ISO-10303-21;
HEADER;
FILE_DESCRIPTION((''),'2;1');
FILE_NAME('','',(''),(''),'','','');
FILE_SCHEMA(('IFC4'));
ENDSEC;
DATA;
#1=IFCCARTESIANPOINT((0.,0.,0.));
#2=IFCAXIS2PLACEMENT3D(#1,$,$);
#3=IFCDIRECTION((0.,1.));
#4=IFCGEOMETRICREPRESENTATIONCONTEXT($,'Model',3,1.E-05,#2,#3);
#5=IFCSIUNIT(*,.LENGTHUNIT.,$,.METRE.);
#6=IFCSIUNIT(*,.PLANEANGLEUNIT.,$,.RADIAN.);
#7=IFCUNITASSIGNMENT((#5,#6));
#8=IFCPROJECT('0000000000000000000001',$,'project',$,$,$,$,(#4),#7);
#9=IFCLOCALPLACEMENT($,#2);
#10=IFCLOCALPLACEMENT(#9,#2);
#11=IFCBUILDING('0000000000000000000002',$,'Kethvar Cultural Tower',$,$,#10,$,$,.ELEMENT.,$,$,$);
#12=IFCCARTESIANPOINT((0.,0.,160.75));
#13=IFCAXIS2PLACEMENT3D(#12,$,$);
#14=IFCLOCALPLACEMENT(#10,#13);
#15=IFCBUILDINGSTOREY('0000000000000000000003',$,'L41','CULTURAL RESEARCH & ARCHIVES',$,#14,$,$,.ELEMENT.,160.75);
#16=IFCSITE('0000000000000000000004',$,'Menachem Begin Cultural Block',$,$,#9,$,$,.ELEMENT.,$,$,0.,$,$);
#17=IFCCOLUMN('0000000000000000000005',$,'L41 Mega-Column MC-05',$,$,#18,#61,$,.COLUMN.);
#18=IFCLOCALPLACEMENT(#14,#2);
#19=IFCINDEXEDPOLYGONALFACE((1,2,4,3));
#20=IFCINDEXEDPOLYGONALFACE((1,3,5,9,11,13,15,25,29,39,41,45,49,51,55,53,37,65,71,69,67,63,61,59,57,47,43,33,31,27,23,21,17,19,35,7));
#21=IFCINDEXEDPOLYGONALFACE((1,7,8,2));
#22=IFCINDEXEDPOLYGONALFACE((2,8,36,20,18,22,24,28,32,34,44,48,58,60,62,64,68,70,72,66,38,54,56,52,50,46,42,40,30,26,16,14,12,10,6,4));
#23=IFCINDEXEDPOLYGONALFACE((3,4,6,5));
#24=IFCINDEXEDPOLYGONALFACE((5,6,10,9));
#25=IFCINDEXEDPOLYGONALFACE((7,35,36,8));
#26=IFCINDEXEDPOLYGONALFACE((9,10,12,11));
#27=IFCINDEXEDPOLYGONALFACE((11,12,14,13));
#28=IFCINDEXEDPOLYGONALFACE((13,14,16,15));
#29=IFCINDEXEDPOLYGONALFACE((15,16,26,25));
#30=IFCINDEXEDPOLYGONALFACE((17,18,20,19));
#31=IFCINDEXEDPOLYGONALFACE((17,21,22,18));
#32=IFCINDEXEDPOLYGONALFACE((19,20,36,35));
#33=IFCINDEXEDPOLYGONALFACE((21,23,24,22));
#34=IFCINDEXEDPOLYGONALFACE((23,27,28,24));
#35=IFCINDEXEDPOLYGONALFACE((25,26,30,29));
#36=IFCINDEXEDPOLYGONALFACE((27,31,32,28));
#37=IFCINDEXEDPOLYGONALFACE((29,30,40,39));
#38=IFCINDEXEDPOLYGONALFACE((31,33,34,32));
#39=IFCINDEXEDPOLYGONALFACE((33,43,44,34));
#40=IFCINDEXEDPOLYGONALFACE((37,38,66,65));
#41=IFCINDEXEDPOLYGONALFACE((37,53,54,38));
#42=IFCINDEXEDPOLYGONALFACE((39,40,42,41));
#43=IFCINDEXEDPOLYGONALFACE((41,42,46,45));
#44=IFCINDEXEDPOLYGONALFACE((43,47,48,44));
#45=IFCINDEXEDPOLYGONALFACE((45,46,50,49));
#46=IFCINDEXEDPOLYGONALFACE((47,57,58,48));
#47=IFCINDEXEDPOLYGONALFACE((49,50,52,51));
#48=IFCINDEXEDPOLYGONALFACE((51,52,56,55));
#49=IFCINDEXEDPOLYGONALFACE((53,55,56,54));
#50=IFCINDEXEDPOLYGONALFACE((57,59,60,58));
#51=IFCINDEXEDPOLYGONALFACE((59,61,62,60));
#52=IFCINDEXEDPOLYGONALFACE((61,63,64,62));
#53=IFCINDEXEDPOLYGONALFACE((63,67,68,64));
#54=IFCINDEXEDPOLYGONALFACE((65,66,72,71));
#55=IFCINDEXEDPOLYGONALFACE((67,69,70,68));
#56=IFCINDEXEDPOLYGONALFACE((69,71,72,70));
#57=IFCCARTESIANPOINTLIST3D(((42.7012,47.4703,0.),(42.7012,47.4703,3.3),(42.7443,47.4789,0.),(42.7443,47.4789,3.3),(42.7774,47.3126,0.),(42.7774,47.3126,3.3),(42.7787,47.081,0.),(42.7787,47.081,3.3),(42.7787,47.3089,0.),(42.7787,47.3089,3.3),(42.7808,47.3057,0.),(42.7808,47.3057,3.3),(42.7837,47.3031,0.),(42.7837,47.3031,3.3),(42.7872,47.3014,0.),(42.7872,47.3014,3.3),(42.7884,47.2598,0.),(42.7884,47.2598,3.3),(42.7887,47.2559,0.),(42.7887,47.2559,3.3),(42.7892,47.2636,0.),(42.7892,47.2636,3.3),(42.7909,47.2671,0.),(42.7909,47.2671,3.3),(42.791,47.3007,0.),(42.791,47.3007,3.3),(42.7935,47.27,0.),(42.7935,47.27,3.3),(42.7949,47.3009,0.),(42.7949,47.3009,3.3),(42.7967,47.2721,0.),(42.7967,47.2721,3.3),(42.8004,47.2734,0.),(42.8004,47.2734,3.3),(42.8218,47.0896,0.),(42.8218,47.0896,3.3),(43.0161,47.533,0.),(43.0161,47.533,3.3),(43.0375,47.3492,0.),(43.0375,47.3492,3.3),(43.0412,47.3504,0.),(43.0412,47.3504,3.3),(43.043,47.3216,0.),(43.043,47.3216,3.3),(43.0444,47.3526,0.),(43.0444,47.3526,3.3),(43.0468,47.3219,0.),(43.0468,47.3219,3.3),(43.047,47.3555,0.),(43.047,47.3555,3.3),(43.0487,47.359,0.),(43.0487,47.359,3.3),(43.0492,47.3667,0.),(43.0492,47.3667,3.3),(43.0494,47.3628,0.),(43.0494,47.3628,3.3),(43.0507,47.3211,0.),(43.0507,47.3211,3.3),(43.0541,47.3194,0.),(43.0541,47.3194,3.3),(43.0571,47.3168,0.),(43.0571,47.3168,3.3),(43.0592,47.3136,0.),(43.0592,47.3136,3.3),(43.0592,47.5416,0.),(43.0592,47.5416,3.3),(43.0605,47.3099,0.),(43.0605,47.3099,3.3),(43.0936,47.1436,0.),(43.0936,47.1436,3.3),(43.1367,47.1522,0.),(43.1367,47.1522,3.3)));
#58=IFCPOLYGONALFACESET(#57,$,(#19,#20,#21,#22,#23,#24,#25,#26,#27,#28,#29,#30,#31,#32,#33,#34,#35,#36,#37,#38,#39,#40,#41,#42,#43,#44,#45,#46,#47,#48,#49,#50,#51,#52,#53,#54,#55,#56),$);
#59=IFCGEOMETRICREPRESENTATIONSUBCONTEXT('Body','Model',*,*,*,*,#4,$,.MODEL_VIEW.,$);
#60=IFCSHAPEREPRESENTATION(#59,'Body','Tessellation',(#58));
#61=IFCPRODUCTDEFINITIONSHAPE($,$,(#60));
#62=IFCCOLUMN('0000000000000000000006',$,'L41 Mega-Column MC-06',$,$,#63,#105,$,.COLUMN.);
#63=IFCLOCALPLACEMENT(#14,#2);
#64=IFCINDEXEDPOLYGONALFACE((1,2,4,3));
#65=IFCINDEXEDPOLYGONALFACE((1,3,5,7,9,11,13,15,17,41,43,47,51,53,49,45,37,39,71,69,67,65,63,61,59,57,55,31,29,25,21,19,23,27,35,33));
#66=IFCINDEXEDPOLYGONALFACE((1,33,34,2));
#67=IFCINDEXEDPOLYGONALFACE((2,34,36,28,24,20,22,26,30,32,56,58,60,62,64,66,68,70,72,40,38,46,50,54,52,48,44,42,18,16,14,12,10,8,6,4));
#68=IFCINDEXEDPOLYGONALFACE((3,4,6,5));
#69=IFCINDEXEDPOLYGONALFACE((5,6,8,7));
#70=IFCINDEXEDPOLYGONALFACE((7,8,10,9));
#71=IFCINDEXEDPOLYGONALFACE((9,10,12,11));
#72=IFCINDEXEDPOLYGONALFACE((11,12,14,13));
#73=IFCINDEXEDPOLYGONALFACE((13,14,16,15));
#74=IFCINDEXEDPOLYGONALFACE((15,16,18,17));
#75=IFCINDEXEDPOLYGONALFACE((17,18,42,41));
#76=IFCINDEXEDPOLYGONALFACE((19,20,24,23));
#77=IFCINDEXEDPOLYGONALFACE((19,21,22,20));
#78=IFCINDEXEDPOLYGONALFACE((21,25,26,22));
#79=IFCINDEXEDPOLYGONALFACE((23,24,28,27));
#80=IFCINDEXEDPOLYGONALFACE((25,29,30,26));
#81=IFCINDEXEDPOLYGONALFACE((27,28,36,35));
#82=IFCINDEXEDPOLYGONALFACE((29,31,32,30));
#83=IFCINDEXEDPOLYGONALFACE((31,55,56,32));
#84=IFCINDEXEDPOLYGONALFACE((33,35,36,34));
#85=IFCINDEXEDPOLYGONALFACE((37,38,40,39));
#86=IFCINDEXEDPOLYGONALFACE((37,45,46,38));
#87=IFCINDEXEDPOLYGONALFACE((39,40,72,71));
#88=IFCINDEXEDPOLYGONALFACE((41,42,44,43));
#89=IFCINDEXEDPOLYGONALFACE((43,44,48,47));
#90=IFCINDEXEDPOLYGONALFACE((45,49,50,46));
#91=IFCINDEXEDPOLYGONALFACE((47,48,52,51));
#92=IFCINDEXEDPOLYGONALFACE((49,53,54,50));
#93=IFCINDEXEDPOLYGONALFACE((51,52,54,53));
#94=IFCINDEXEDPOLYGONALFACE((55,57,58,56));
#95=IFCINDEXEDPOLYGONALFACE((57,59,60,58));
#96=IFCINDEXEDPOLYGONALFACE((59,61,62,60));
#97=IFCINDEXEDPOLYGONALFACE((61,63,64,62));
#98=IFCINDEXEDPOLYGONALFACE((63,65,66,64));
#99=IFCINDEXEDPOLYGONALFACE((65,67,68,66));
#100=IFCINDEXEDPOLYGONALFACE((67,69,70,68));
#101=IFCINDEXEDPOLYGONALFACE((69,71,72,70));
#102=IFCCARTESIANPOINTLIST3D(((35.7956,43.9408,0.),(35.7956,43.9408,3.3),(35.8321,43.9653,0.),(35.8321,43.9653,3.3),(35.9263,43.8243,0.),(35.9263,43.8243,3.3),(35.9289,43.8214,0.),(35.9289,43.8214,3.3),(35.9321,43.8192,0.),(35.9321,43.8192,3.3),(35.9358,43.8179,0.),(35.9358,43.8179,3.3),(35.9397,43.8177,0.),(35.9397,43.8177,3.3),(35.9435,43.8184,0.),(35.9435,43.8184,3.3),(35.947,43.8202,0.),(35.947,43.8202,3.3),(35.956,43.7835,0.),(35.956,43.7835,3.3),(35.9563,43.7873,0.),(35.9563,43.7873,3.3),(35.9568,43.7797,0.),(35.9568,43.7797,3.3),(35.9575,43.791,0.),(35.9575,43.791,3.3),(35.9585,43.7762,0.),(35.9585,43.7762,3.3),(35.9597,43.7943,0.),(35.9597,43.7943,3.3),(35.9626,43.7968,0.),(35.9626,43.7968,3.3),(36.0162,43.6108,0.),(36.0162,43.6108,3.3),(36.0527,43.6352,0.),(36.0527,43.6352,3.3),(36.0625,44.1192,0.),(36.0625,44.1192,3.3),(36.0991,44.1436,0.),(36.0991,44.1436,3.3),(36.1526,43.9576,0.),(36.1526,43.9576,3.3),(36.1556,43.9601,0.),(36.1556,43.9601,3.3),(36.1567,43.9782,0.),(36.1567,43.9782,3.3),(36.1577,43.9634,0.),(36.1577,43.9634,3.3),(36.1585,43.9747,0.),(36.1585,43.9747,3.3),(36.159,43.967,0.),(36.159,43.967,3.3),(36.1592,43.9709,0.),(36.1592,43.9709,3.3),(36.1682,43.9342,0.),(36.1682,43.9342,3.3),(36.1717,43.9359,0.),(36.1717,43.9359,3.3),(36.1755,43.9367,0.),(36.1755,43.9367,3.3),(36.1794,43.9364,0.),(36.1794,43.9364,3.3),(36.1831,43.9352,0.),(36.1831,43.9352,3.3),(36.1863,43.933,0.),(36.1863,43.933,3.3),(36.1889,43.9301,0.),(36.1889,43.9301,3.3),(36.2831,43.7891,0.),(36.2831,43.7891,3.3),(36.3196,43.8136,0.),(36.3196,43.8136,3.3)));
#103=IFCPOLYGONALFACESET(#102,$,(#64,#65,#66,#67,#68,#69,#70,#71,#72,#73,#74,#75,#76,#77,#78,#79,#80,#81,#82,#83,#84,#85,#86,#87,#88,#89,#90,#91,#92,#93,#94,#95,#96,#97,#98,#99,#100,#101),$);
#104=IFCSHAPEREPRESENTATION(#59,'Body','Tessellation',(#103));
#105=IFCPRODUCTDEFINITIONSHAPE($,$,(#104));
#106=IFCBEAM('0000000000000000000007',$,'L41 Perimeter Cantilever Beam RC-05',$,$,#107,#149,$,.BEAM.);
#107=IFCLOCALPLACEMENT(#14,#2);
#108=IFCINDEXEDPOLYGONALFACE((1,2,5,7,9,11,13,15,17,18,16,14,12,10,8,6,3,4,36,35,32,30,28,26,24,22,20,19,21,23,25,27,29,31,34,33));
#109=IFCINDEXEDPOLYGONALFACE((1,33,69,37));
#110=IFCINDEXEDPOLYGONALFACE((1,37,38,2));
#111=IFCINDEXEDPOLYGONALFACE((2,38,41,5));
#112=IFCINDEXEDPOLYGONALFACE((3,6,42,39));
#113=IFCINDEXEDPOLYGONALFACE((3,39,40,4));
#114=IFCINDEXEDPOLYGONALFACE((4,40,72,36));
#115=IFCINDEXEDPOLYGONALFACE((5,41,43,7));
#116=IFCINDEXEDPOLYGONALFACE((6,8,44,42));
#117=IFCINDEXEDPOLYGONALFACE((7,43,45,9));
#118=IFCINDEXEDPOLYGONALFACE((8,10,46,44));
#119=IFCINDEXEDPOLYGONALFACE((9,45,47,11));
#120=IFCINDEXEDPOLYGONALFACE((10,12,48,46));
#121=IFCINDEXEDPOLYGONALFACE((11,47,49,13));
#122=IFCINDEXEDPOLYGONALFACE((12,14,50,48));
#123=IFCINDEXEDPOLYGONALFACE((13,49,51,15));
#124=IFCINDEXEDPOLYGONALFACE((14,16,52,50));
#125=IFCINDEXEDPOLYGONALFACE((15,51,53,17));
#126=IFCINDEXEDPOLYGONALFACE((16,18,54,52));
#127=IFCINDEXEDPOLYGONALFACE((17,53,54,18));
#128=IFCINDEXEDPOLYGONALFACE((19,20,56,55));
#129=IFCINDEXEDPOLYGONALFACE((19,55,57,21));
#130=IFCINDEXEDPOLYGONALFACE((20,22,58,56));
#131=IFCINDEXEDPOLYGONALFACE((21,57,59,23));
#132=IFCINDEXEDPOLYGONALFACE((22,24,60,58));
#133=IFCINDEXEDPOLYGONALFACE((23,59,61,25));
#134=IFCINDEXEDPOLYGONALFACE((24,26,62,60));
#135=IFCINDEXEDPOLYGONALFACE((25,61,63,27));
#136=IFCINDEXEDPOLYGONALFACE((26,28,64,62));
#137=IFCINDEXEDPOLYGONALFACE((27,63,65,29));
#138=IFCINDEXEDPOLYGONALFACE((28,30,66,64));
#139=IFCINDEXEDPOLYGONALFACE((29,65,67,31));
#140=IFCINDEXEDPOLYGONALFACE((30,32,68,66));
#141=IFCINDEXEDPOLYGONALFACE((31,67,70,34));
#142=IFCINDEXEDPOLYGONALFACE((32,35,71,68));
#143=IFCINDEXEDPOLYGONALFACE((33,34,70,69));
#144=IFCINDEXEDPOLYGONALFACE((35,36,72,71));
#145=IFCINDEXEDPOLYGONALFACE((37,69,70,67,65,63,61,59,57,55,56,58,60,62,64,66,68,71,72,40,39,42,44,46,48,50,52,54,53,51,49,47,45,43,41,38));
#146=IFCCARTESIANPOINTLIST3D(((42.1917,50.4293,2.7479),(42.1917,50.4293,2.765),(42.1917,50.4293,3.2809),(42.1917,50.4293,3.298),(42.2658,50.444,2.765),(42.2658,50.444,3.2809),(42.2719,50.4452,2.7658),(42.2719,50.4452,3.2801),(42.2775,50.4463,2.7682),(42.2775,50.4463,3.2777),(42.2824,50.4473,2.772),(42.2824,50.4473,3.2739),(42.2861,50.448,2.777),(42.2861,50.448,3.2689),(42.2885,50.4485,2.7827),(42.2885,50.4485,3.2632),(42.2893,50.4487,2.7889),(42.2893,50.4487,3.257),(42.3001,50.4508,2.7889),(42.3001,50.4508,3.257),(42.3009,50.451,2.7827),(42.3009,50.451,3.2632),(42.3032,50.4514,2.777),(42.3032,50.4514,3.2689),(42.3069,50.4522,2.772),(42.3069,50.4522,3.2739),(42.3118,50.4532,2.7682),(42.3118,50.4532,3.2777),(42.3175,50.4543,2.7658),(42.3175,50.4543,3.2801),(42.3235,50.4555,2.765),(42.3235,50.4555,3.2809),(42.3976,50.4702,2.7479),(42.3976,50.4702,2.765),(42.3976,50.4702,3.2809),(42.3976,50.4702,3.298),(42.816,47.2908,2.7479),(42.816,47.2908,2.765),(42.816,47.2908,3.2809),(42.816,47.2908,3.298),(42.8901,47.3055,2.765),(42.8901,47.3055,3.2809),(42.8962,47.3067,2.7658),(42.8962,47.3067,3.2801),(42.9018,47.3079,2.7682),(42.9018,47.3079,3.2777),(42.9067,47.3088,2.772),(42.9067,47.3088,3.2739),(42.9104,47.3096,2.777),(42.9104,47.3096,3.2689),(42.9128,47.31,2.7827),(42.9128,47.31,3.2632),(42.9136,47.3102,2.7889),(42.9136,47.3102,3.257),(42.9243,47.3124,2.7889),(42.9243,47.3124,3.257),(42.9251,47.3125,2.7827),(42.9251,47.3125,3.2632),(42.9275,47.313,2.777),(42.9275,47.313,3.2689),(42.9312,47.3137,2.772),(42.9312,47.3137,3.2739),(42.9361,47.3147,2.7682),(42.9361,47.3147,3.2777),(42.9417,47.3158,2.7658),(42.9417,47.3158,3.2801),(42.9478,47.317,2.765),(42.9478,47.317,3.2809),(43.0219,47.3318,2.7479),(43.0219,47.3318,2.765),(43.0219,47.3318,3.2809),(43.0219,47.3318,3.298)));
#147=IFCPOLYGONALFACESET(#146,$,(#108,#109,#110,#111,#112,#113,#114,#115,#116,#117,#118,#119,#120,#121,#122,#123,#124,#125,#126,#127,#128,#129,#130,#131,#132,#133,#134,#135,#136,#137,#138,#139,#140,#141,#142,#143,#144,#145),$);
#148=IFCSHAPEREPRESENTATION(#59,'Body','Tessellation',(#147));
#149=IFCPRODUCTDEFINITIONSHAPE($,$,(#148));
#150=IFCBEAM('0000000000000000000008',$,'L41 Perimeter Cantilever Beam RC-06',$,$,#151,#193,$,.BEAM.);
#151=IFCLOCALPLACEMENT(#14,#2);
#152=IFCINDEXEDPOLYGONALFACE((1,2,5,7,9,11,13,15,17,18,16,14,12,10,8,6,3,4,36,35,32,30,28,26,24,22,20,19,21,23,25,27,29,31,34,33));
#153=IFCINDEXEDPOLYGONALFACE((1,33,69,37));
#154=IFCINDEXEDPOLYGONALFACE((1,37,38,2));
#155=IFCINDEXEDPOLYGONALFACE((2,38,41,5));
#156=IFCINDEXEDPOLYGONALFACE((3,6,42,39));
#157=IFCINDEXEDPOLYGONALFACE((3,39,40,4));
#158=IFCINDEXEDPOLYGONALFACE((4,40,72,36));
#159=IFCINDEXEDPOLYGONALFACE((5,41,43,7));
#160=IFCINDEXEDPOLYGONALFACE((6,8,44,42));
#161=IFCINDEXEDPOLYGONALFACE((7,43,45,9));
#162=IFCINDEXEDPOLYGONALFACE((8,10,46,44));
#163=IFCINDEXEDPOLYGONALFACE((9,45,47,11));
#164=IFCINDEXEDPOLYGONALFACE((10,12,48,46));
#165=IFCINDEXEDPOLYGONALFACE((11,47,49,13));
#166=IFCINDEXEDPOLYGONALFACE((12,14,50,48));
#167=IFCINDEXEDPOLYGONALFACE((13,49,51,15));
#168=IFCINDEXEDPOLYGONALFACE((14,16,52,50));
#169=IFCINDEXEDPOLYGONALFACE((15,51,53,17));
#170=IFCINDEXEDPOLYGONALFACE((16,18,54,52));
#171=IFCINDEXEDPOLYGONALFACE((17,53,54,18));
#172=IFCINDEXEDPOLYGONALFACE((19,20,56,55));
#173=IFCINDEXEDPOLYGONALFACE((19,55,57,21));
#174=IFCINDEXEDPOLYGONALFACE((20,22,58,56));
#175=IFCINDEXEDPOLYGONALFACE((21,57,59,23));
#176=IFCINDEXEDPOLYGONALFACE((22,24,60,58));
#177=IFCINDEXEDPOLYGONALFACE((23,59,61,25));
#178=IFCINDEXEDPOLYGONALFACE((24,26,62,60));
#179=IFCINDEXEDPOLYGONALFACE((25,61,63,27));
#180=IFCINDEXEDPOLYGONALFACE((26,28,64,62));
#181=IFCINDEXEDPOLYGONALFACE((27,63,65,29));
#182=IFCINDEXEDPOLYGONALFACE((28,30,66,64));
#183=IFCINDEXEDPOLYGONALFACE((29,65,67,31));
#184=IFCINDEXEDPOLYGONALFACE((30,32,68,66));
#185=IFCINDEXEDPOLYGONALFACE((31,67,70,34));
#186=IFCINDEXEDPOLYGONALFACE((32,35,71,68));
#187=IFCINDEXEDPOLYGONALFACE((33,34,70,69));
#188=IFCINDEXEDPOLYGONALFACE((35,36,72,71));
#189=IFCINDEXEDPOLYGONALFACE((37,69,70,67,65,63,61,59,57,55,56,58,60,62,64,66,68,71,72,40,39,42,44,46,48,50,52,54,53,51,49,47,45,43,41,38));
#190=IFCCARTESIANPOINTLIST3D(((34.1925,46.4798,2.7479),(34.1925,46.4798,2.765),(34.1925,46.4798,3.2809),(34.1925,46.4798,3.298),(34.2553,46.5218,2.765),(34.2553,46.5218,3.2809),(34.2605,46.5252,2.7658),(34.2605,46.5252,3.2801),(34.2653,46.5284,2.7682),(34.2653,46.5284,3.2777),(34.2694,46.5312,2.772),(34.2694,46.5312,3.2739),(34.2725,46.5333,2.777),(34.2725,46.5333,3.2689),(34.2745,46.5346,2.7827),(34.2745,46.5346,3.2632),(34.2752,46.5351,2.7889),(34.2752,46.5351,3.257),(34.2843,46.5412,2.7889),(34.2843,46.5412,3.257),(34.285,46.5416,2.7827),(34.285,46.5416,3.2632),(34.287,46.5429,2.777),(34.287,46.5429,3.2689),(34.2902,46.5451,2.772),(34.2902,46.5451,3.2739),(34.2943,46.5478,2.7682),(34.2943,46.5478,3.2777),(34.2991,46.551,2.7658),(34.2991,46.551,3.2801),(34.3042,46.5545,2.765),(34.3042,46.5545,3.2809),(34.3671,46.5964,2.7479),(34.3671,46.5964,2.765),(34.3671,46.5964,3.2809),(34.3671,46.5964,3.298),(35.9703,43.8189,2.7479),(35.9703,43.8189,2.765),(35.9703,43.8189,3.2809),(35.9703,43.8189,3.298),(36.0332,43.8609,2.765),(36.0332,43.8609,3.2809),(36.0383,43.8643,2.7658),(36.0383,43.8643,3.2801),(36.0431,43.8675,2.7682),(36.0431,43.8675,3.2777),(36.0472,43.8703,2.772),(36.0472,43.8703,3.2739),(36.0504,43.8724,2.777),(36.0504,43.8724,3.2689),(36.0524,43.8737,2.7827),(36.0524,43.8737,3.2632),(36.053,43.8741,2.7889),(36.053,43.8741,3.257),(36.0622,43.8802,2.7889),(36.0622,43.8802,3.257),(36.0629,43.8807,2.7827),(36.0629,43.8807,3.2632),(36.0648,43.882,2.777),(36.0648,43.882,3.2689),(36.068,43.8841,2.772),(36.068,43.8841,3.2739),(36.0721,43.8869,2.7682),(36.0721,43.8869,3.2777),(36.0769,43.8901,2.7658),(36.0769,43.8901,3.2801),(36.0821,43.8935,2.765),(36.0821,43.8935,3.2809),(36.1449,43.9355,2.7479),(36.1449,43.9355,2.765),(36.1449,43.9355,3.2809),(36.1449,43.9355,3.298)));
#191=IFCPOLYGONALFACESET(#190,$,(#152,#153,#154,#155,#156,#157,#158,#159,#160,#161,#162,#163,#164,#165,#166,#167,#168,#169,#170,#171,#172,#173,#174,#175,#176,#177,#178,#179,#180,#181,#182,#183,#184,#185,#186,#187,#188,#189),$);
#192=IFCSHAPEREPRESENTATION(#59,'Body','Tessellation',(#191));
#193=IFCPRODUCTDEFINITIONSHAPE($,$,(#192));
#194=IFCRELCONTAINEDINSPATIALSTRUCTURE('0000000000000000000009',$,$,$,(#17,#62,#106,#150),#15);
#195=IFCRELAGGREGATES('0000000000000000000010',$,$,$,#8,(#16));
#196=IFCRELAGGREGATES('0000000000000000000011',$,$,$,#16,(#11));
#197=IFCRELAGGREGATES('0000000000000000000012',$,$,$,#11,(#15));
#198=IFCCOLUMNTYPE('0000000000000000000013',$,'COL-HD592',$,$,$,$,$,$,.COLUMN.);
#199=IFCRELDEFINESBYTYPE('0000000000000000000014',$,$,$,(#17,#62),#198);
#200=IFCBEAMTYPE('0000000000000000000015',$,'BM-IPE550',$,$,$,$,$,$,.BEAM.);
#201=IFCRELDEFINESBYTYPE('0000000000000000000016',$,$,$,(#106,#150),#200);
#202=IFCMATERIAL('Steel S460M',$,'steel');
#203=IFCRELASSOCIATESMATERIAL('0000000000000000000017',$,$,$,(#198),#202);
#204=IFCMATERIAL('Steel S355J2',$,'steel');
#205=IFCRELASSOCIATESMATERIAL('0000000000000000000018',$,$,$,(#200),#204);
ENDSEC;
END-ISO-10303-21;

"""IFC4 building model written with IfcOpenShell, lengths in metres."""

from ifc_helpers import new_model, si_unit, direction, frame, origin, origin_2d, place, context, subcontext, project, spatial, i_section, extrude, source, transform, mapped, material, material_profile, profile_set, type_object, element, save


model = new_model("IFC4")

# Units and contexts
model_context = context("Model", 3, precision=1e-05, world=origin(), true_north=direction((0.0, 1.0)))
body_context = subcontext(model_context, "Body", "Model", "MODEL_VIEW")
ifc_project = project(units=[si_unit("LENGTHUNIT", "METRE"), si_unit("PLANEANGLEUNIT", "RADIAN")], contexts=[model_context])

# Site, building, storey
site_placement = place(None, origin())
site = spatial("IfcSite", under=ifc_project, at=site_placement, Name="Menachem Begin Cultural Block", CompositionType="ELEMENT", RefElevation=0.0)
building_placement = place(site_placement, origin())
building = spatial("IfcBuilding", under=site, at=building_placement, Name="Kethvar Cultural Tower", CompositionType="ELEMENT")
storey_placement = place(building_placement, frame((0.0, 0.0, 160.75)))
storey = spatial("IfcBuildingStorey", under=building, at=storey_placement, Name="L41", Description="CULTURAL RESEARCH & ARCHIVES", CompositionType="ELEMENT", Elevation=160.75)

# Columns
ifc_material_1 = material(Name="Steel S460M", Category="steel")
ifc_material_profile_1 = material_profile(ifc_material_1, i_section(OverallWidth=0.397, OverallDepth=0.365, WebThickness=0.0281, FlangeThickness=0.0439, FilletRadius=0.0149, at=origin_2d()), Name="Steel S460M — HD400x592")
ifc_profile_set_1 = profile_set([ifc_material_profile_1], Name="Steel S460M — HD400x592")
column_type = type_object("IfcColumnType", Name="COL-HD592", PredefinedType="COLUMN", material=ifc_profile_set_1)
shared_shape_1 = source(origin(), body_context, "Body", "SweptSolid", [
    extrude(i_section(OverallWidth=0.397, OverallDepth=0.365, WebThickness=0.0281, FlangeThickness=0.0439, FilletRadius=0.0149, at=origin_2d()), origin(), (0.0, 0.0, 1.0), 3.3),
])
for number, where, z_axis, x_axis, name in (
    (1, (42.9189, 47.3113, 0.0), (0.0, 0.0, 1.0), (-0.19509, 0.980785, 0.0), "L41 Mega-Column MC-05"),
    (2, (36.0576, 43.8772, 0.0), (0.0, 0.0, 1.0), (-0.55557, 0.83147, 0.0), "L41 Mega-Column MC-06"),
):
    element("IfcColumn", number, at=place(storey_placement, frame(where, z_axis=z_axis, x_axis=x_axis)), inside=storey, type_object=column_type, Name=name, PredefinedType="COLUMN", context=body_context, shape_type="MappedRepresentation", body=[
        mapped(shared_shape_1, transform((0.0, 0.0, 0.0), scale=1.0)),
    ])

# Beams
ifc_material_2 = material(Name="Steel S355J2", Category="steel")
ifc_material_profile_2 = material_profile(ifc_material_2, i_section(OverallWidth=0.21, OverallDepth=0.55, WebThickness=0.011, FlangeThickness=0.0171, FilletRadius=0.0239, at=origin_2d()), Name="Steel S355J2 — IPE550")
ifc_profile_set_2 = profile_set([ifc_material_profile_2], Name="Steel S355J2 — IPE550")
beam_type_1 = type_object("IfcBeamType", Name="BM-IPE550", PredefinedType="BEAM", material=ifc_profile_set_2)
shared_shape_2 = source(origin(), body_context, "Body", "SweptSolid", [
    extrude(i_section(OverallWidth=0.21, OverallDepth=0.55, WebThickness=0.011, FlangeThickness=0.0171, FilletRadius=0.0239, at=origin_2d()), origin(), (0.0, 0.0, 1.0), 3.2),
])
beam_1_placement = place(storey_placement, frame((42.9189, 47.3113, 3.0229), z_axis=(-0.195089, 0.980786, 0.0), x_axis=(-0.980786, -0.195089, 0.0)))
element("IfcBeam", 3, at=beam_1_placement, inside=storey, type_object=beam_type_1, Name="L41 Perimeter Cantilever Beam RC-05", PredefinedType="BEAM", context=body_context, shape_type="MappedRepresentation", body=[
    mapped(shared_shape_2, transform((0.0, 0.0, 0.0), scale=1.0)),
])
shared_shape_3 = source(origin(), body_context, "Body", "SweptSolid", [
    extrude(i_section(OverallWidth=0.21, OverallDepth=0.55, WebThickness=0.011, FlangeThickness=0.0171, FilletRadius=0.0239, at=origin_2d()), origin(), (0.0, 0.0, 1.0), 3.2002),
])
beam_2_placement = place(storey_placement, frame((36.0576, 43.8772, 3.0229), z_axis=(-0.555545, 0.831486, 0.0), x_axis=(-0.831486, -0.555545, 0.0)))
element("IfcBeam", 4, at=beam_2_placement, inside=storey, type_object=beam_type_1, Name="L41 Perimeter Cantilever Beam RC-06", PredefinedType="BEAM", context=body_context, shape_type="MappedRepresentation", body=[
    mapped(shared_shape_3, transform((0.0, 0.0, 0.0), scale=1.0)),
])

save(model, "model.ifc")
